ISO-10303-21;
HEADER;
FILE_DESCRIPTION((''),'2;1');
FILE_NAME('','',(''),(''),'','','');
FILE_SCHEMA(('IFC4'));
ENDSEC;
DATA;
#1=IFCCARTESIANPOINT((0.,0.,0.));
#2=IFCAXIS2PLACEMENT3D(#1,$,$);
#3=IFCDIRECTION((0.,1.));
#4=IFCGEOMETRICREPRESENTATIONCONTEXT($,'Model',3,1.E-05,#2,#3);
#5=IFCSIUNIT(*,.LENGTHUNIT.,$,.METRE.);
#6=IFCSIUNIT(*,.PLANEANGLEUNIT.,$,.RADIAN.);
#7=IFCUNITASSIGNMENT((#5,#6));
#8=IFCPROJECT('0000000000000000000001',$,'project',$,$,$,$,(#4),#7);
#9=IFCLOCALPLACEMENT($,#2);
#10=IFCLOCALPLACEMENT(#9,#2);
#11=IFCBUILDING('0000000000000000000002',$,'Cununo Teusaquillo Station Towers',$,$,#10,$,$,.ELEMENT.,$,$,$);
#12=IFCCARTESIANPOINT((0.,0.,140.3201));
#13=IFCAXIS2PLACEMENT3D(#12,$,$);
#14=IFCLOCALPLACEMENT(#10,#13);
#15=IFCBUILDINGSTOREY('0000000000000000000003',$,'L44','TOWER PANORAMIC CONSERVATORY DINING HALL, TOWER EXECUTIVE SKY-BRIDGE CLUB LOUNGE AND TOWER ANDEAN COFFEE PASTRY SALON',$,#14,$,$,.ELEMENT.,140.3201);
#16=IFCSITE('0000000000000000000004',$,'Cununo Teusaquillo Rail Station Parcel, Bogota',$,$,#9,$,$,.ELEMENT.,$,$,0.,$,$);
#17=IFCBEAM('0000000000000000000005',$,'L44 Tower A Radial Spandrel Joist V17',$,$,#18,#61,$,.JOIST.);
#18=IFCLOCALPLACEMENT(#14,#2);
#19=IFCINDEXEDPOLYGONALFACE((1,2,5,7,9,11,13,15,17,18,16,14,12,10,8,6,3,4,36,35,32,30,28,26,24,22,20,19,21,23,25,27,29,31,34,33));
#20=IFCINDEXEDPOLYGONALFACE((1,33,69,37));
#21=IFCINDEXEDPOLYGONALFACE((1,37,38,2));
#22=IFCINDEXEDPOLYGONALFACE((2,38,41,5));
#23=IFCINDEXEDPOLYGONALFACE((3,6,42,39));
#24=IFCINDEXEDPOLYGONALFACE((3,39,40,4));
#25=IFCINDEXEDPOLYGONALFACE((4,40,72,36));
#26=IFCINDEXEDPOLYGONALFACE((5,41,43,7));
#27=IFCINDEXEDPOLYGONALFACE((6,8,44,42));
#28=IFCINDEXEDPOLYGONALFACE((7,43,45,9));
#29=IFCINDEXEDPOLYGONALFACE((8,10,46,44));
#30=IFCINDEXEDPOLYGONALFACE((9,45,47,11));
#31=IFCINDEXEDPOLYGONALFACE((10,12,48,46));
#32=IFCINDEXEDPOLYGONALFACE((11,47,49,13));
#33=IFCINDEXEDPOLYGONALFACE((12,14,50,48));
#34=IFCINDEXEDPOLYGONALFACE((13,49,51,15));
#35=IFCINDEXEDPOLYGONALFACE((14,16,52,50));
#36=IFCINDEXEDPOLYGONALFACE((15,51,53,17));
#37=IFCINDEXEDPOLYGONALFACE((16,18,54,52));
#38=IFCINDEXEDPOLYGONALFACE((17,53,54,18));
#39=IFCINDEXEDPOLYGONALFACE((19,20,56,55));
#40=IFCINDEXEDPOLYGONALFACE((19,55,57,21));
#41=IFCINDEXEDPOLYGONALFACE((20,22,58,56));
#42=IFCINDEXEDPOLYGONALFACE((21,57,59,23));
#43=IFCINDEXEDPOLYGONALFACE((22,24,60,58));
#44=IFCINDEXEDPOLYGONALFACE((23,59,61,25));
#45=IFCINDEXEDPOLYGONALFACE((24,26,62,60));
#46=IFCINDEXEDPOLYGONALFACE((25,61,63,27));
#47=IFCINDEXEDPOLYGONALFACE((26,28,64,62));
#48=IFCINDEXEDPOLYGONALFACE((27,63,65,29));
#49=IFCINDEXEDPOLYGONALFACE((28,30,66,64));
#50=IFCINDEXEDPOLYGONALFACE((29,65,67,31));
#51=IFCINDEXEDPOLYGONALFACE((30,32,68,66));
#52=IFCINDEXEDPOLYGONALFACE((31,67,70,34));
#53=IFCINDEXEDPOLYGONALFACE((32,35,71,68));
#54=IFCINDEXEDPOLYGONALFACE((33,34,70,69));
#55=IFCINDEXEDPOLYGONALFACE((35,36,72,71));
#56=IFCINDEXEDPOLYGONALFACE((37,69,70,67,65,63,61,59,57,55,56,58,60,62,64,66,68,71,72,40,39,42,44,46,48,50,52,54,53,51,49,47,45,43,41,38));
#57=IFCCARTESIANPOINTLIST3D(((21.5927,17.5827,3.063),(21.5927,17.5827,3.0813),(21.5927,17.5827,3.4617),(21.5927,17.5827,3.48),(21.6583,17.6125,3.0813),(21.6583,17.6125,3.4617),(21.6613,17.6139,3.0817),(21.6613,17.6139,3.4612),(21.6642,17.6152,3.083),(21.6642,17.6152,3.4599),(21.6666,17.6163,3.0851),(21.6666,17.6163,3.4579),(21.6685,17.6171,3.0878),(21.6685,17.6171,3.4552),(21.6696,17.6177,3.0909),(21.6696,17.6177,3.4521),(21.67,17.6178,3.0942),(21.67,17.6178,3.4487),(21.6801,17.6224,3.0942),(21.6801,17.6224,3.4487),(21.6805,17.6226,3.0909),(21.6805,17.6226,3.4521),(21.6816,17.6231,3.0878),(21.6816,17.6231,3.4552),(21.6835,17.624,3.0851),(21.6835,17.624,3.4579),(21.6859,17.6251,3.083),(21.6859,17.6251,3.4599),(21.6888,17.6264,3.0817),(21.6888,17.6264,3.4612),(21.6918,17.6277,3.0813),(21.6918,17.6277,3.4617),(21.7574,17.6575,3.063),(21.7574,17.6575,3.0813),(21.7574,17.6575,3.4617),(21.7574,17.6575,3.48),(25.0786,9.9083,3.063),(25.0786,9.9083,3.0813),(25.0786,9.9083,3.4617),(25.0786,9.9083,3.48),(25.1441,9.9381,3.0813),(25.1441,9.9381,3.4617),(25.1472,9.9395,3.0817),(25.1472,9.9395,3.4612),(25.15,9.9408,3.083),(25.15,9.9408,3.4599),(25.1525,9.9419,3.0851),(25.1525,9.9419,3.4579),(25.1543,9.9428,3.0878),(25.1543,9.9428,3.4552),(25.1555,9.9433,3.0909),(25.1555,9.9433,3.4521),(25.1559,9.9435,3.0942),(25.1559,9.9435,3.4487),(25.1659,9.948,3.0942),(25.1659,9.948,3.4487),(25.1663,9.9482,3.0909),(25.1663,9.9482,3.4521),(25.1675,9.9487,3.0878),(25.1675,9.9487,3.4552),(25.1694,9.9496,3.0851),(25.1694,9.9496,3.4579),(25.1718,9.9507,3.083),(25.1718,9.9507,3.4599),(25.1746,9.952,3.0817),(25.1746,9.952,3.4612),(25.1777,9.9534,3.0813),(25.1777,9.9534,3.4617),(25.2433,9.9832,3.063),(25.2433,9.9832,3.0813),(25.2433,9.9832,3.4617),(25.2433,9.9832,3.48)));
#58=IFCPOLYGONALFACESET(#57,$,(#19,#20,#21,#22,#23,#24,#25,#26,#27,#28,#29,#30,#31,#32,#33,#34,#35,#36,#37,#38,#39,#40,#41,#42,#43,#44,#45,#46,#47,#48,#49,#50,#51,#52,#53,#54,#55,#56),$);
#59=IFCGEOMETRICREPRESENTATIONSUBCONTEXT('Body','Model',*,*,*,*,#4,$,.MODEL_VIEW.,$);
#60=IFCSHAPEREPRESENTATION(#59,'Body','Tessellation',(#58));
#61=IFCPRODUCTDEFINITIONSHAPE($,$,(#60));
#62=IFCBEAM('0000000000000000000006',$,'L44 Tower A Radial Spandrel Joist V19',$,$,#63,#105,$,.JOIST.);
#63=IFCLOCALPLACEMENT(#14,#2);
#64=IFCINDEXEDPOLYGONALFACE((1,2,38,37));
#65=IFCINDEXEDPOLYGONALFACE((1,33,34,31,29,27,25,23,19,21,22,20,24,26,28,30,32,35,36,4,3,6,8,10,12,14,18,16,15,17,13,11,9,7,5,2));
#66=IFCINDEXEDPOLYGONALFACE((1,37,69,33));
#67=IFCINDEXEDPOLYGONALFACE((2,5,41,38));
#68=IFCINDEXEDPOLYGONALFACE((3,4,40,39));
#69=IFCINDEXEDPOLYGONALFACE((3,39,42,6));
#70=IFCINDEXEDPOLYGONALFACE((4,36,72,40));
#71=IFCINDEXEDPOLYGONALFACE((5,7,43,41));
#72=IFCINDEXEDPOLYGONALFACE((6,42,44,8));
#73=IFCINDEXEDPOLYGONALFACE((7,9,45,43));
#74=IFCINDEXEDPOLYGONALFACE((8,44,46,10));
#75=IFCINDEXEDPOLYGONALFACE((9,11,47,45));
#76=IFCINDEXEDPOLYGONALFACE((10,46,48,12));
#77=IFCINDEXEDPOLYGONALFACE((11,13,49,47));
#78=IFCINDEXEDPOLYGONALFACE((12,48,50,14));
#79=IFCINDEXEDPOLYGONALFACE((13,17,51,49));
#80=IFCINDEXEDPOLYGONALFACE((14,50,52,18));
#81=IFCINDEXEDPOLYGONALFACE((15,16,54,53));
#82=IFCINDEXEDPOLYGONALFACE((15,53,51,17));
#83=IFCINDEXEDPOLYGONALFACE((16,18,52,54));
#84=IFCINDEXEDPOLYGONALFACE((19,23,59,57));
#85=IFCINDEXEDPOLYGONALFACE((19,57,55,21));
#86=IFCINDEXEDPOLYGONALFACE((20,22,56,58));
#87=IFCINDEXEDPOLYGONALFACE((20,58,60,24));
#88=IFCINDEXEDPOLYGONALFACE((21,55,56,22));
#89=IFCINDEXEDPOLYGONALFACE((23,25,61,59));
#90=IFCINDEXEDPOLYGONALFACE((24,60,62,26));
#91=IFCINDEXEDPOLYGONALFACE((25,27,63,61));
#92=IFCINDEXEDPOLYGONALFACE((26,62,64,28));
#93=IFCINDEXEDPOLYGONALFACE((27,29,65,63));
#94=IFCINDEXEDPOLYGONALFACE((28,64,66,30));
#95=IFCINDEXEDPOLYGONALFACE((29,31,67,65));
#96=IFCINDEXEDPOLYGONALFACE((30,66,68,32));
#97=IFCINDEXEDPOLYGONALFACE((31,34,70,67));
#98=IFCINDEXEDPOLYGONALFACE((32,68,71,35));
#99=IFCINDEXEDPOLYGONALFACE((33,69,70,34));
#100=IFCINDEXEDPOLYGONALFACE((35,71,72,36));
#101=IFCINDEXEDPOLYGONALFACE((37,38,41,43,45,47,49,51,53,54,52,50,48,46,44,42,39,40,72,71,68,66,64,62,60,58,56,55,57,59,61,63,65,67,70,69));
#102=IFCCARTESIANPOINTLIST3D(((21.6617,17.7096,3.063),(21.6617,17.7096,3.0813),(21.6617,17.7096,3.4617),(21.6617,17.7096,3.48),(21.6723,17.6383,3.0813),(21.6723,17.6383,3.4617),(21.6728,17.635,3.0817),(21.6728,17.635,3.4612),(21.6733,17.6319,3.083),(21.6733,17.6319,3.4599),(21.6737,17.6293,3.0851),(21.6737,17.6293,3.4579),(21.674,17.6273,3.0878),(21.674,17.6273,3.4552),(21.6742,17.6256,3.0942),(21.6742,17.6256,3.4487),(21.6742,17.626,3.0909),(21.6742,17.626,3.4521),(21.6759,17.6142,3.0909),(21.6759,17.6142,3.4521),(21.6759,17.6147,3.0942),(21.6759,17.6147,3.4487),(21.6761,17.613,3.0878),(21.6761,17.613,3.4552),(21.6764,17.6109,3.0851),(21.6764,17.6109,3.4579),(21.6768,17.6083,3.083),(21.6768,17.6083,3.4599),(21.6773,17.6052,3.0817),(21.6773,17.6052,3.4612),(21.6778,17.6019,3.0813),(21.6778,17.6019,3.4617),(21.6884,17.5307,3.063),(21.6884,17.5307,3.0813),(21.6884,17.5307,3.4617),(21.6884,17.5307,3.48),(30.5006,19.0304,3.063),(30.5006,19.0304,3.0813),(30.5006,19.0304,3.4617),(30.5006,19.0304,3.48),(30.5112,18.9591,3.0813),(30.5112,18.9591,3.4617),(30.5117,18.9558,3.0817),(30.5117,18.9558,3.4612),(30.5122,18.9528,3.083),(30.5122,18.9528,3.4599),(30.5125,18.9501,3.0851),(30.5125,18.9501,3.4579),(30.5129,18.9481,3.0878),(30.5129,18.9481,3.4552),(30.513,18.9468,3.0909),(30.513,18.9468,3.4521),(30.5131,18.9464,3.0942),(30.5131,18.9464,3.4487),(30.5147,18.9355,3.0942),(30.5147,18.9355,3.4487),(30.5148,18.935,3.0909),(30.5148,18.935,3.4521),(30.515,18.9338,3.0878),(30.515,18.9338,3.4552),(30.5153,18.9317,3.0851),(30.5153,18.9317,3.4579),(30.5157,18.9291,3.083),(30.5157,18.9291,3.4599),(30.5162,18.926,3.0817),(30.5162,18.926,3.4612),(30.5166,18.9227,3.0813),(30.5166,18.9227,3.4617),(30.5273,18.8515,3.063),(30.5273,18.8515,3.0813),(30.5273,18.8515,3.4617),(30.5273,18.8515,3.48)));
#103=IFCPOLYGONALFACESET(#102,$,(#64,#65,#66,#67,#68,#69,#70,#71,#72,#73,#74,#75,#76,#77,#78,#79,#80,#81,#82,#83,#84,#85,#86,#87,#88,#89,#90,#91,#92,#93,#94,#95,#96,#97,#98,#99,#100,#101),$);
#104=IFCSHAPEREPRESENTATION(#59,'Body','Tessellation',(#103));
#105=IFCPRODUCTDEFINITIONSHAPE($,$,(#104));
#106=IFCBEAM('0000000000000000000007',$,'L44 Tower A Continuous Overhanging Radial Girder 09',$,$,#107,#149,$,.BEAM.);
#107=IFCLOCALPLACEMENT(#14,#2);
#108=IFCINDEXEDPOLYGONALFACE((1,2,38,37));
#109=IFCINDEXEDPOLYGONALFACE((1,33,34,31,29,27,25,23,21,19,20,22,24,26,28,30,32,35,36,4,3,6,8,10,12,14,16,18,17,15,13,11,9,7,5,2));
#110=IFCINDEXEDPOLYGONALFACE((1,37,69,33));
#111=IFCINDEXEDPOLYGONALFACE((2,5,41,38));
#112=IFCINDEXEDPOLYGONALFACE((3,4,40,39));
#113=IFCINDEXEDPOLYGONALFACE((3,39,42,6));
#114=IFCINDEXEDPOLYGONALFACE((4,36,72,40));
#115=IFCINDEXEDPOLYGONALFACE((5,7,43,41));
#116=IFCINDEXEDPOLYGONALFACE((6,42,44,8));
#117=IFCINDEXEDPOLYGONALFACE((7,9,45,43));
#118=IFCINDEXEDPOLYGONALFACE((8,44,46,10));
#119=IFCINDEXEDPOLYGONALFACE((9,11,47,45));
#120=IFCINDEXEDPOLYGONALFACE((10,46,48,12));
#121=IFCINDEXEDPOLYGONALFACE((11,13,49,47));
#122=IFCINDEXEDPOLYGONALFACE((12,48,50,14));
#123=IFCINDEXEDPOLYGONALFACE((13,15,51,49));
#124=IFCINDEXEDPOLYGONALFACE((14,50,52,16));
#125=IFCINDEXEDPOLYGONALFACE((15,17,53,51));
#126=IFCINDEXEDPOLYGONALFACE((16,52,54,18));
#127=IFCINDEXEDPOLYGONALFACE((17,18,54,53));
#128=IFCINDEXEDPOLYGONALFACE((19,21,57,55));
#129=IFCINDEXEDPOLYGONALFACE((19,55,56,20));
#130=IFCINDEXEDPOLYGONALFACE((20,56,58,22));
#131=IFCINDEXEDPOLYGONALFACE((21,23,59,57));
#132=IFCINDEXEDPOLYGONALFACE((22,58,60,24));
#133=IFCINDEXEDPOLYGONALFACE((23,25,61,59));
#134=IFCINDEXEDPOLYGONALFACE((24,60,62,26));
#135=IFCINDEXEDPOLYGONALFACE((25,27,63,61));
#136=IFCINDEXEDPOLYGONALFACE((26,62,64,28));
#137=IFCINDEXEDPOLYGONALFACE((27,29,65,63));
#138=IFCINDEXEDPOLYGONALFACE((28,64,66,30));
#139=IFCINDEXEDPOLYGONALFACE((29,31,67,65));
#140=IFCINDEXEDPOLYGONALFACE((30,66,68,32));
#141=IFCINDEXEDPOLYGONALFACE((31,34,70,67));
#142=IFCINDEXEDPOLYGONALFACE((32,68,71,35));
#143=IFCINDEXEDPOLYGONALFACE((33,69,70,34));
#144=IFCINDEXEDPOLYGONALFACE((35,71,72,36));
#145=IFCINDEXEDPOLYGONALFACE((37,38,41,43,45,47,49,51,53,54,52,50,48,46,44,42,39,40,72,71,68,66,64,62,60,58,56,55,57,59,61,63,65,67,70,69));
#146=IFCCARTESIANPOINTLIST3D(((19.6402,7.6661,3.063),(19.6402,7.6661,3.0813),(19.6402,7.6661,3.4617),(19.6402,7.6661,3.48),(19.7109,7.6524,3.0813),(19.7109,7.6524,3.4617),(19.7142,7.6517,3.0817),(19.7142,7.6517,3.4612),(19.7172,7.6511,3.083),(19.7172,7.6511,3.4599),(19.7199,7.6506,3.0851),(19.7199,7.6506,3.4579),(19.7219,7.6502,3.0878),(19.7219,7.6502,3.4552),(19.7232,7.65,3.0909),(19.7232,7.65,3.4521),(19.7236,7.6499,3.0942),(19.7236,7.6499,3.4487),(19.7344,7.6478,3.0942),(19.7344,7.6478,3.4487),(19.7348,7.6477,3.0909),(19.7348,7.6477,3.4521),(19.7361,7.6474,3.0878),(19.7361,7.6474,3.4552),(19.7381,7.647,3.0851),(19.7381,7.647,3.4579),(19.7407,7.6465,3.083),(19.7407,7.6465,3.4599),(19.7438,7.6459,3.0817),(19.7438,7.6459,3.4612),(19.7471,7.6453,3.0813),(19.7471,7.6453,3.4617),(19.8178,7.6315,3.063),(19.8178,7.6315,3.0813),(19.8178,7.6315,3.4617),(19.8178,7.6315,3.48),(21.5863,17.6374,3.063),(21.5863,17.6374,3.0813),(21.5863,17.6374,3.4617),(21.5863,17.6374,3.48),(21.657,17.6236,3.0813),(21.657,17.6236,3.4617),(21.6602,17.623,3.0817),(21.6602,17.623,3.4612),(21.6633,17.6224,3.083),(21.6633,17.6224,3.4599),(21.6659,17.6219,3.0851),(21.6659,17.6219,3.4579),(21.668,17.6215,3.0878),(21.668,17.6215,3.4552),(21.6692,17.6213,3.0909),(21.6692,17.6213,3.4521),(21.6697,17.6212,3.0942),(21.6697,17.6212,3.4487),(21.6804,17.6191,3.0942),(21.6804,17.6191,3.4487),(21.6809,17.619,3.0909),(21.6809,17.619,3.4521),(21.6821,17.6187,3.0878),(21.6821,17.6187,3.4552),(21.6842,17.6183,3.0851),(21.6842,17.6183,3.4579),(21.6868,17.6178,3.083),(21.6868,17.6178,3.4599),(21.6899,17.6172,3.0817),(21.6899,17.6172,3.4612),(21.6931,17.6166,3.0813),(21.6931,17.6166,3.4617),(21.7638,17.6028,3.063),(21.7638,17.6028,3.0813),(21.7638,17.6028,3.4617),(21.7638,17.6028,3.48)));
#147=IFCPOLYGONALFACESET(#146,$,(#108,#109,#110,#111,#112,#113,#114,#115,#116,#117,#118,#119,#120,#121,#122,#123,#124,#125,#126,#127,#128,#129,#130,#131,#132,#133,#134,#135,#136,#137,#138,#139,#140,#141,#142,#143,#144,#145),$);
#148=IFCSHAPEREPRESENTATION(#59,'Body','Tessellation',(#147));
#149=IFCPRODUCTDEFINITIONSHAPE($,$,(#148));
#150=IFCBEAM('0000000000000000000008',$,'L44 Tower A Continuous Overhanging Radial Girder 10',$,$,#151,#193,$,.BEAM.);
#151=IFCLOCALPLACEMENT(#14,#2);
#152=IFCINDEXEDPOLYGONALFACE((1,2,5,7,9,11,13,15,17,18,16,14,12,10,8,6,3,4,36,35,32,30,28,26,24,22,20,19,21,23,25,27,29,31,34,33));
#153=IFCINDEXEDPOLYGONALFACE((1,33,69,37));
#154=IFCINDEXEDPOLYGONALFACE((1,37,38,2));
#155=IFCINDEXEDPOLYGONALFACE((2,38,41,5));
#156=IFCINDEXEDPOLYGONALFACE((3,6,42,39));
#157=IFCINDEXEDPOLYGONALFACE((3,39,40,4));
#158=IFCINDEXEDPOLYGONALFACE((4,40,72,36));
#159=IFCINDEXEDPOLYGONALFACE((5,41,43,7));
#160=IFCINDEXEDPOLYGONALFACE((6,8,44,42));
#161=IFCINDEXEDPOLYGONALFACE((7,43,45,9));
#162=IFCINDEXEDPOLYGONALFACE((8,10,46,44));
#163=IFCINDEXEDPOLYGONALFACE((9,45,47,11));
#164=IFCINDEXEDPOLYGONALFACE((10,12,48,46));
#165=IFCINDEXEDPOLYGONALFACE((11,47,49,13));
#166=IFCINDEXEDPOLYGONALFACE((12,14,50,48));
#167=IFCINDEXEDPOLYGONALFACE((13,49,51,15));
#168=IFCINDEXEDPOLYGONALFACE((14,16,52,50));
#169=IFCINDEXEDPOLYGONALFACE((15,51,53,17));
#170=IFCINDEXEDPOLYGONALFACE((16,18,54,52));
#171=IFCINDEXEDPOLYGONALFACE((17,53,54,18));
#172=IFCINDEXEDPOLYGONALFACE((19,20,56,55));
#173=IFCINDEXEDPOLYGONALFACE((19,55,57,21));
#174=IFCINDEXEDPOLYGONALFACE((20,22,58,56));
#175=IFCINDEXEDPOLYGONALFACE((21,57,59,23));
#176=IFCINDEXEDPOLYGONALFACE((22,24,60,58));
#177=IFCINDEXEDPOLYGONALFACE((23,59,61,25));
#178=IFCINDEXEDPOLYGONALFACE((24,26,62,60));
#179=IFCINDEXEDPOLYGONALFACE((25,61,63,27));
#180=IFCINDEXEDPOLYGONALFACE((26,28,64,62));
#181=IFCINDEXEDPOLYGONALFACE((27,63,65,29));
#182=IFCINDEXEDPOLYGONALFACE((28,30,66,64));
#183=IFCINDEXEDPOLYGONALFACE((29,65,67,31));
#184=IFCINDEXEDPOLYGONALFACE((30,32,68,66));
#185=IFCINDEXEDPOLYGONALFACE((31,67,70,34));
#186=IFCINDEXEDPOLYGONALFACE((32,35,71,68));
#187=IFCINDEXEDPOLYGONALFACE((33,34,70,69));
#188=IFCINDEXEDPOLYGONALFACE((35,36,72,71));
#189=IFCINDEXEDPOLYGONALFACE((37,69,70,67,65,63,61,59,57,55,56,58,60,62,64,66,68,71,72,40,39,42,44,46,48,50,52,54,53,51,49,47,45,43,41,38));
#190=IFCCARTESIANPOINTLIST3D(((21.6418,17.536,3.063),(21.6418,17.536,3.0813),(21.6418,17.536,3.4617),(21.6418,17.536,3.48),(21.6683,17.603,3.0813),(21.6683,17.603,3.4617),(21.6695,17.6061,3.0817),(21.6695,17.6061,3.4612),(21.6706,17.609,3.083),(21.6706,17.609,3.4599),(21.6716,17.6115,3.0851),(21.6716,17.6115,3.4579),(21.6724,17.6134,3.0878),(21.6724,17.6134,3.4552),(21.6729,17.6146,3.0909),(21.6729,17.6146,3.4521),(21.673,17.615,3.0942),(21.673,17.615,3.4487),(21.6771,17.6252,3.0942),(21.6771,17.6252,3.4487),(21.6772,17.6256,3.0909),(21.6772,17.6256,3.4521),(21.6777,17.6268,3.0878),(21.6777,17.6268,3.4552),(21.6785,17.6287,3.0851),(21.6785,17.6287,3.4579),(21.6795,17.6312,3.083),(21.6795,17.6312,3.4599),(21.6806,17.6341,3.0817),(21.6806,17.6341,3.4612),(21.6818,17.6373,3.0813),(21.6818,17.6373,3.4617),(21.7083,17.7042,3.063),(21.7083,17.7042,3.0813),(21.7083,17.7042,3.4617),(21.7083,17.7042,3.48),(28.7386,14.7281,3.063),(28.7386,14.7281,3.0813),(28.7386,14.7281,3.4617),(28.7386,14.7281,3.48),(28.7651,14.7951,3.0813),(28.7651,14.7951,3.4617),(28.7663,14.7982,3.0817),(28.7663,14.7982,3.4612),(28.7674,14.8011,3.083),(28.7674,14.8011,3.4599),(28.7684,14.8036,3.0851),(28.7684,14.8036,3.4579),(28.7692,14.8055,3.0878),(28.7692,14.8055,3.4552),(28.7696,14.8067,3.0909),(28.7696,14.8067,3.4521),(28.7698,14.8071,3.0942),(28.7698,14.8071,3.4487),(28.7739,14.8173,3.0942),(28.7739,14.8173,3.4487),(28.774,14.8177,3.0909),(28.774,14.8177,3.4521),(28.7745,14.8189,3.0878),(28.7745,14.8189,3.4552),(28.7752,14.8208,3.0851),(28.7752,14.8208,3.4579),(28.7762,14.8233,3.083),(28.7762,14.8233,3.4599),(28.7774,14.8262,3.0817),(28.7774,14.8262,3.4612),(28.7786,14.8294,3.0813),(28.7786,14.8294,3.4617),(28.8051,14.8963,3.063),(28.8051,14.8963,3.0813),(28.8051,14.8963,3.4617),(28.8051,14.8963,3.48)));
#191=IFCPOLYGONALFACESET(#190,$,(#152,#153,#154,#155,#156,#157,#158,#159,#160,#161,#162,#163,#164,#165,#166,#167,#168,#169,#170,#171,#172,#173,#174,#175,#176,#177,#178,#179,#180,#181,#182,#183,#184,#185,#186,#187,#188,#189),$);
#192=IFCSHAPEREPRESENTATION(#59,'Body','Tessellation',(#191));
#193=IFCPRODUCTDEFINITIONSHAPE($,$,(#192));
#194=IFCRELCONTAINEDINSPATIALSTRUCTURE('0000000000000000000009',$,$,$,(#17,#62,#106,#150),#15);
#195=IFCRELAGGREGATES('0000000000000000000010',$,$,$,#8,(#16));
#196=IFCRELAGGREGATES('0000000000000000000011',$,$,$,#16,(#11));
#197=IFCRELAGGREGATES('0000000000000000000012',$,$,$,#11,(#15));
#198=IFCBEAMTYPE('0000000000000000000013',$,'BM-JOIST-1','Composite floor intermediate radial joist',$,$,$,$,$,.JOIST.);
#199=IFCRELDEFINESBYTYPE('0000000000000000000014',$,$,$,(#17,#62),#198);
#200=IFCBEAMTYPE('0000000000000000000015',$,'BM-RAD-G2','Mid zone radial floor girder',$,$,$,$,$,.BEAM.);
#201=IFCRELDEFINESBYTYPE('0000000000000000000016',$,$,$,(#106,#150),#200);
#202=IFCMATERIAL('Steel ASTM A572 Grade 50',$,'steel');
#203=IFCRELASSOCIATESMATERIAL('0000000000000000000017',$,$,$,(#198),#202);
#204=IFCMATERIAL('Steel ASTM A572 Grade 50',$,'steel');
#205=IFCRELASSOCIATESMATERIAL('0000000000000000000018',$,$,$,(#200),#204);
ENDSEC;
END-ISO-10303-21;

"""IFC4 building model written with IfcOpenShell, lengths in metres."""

from ifc_helpers import new_model, si_unit, direction, frame, origin, origin_2d, place, context, subcontext, project, spatial, i_section, extrude, material, material_profile, profile_set, type_object, element, save


model = new_model("IFC4")

# Units and contexts
model_context = context("Model", 3, precision=1e-05, world=origin(), true_north=direction((0.0, 1.0)))
body_context = subcontext(model_context, "Body", "Model", "MODEL_VIEW")
ifc_project = project(units=[si_unit("LENGTHUNIT", "METRE"), si_unit("PLANEANGLEUNIT", "RADIAN")], contexts=[model_context])

# Site, building, storey
site_placement = place(None, origin())
site = spatial("IfcSite", under=ifc_project, at=site_placement, Name="Cununo Teusaquillo Rail Station Parcel, Bogota", CompositionType="ELEMENT", RefElevation=0.0)
building_placement = place(site_placement, origin())
building = spatial("IfcBuilding", under=site, at=building_placement, Name="Cununo Teusaquillo Station Towers", CompositionType="ELEMENT")
storey_placement = place(building_placement, frame((0.0, 0.0, 140.3201)))
storey = spatial("IfcBuildingStorey", under=building, at=storey_placement, Name="L44", Description="TOWER PANORAMIC CONSERVATORY DINING HALL, TOWER EXECUTIVE SKY-BRIDGE CLUB LOUNGE AND TOWER ANDEAN COFFEE PASTRY SALON", CompositionType="ELEMENT", Elevation=140.3201)

# Beams
ifc_material_1 = material(Name="Steel ASTM A572 Grade 50", Category="steel")
ifc_material_profile_1 = material_profile(ifc_material_1, i_section(OverallWidth=0.1809, OverallDepth=0.417, WebThickness=0.011, FlangeThickness=0.0183, FilletRadius=0.0129, at=origin_2d()), Name="W16X57")
ifc_profile_set_1 = profile_set([ifc_material_profile_1], Name="Steel ASTM A572 Grade 50")
beam_type_1 = type_object("IfcBeamType", Name="BM-JOIST-1", Description="Composite floor intermediate radial joist", PredefinedType="JOIST", material=ifc_profile_set_1)
beam_1_placement = place(storey_placement, frame((21.675, 17.6201, 3.2715), z_axis=(0.413559, -0.910478, 0.0), x_axis=(0.910478, 0.413559, 0.0)))
element("IfcBeam", 1, at=beam_1_placement, inside=storey, type_object=beam_type_1, Name="L44 Tower A Radial Spandrel Joist V17", PredefinedType="JOIST", context=body_context, shape_type="SweptSolid", body=[
    extrude(i_section(OverallWidth=0.1809, OverallDepth=0.417, WebThickness=0.011, FlangeThickness=0.0183, FilletRadius=0.0129, at=origin_2d()), origin(), (0.0, 0.0, 1.0), 8.429),
])
beam_2_placement = place(storey_placement, frame((21.675, 17.6201, 3.2715), z_axis=(0.989019, 0.14779, 0.0), x_axis=(-0.14779, 0.989019, 0.0)))
element("IfcBeam", 2, at=beam_2_placement, inside=storey, type_object=beam_type_1, Name="L44 Tower A Radial Spandrel Joist V19", PredefinedType="JOIST", context=body_context, shape_type="SweptSolid", body=[
    extrude(i_section(OverallWidth=0.1809, OverallDepth=0.417, WebThickness=0.011, FlangeThickness=0.0183, FilletRadius=0.0129, at=origin_2d()), origin(), (0.0, 0.0, 1.0), 8.937),
])
ifc_material_2 = material(Name="Steel ASTM A572 Grade 50", Category="steel")
ifc_material_profile_2 = material_profile(ifc_material_2, i_section(OverallWidth=0.1809, OverallDepth=0.417, WebThickness=0.011, FlangeThickness=0.0183, FilletRadius=0.0129, at=origin_2d()), Name="W16X57")
ifc_profile_set_2 = profile_set([ifc_material_profile_2], Name="Steel ASTM A572 Grade 50")
beam_type_2 = type_object("IfcBeamType", Name="BM-RAD-G2", Description="Mid zone radial floor girder", PredefinedType="BEAM", material=ifc_profile_set_2)
beam_3_placement = place(storey_placement, frame((21.675, 17.6201, 3.2715), z_axis=(-0.191553, -0.981482, 0.0), x_axis=(0.981482, -0.191553, 0.0)))
element("IfcBeam", 3, at=beam_3_placement, inside=storey, type_object=beam_type_2, Name="L44 Tower A Continuous Overhanging Radial Girder 09", PredefinedType="BEAM", context=body_context, shape_type="SweptSolid", body=[
    extrude(i_section(OverallWidth=0.1809, OverallDepth=0.417, WebThickness=0.011, FlangeThickness=0.0183, FilletRadius=0.0129, at=origin_2d()), origin(), (0.0, 0.0, 1.0), 10.1594),
])
beam_4_placement = place(storey_placement, frame((21.675, 17.6201, 3.2715), z_axis=(0.929862, -0.367908, 0.0), x_axis=(0.367908, 0.929862, 0.0)))
element("IfcBeam", 4, at=beam_4_placement, inside=storey, type_object=beam_type_2, Name="L44 Tower A Continuous Overhanging Radial Girder 10", PredefinedType="BEAM", context=body_context, shape_type="SweptSolid", body=[
    extrude(i_section(OverallWidth=0.1809, OverallDepth=0.417, WebThickness=0.011, FlangeThickness=0.0183, FilletRadius=0.0129, at=origin_2d()), origin(), (0.0, 0.0, 1.0), 7.6321),
])

save(model, "model.ifc")
